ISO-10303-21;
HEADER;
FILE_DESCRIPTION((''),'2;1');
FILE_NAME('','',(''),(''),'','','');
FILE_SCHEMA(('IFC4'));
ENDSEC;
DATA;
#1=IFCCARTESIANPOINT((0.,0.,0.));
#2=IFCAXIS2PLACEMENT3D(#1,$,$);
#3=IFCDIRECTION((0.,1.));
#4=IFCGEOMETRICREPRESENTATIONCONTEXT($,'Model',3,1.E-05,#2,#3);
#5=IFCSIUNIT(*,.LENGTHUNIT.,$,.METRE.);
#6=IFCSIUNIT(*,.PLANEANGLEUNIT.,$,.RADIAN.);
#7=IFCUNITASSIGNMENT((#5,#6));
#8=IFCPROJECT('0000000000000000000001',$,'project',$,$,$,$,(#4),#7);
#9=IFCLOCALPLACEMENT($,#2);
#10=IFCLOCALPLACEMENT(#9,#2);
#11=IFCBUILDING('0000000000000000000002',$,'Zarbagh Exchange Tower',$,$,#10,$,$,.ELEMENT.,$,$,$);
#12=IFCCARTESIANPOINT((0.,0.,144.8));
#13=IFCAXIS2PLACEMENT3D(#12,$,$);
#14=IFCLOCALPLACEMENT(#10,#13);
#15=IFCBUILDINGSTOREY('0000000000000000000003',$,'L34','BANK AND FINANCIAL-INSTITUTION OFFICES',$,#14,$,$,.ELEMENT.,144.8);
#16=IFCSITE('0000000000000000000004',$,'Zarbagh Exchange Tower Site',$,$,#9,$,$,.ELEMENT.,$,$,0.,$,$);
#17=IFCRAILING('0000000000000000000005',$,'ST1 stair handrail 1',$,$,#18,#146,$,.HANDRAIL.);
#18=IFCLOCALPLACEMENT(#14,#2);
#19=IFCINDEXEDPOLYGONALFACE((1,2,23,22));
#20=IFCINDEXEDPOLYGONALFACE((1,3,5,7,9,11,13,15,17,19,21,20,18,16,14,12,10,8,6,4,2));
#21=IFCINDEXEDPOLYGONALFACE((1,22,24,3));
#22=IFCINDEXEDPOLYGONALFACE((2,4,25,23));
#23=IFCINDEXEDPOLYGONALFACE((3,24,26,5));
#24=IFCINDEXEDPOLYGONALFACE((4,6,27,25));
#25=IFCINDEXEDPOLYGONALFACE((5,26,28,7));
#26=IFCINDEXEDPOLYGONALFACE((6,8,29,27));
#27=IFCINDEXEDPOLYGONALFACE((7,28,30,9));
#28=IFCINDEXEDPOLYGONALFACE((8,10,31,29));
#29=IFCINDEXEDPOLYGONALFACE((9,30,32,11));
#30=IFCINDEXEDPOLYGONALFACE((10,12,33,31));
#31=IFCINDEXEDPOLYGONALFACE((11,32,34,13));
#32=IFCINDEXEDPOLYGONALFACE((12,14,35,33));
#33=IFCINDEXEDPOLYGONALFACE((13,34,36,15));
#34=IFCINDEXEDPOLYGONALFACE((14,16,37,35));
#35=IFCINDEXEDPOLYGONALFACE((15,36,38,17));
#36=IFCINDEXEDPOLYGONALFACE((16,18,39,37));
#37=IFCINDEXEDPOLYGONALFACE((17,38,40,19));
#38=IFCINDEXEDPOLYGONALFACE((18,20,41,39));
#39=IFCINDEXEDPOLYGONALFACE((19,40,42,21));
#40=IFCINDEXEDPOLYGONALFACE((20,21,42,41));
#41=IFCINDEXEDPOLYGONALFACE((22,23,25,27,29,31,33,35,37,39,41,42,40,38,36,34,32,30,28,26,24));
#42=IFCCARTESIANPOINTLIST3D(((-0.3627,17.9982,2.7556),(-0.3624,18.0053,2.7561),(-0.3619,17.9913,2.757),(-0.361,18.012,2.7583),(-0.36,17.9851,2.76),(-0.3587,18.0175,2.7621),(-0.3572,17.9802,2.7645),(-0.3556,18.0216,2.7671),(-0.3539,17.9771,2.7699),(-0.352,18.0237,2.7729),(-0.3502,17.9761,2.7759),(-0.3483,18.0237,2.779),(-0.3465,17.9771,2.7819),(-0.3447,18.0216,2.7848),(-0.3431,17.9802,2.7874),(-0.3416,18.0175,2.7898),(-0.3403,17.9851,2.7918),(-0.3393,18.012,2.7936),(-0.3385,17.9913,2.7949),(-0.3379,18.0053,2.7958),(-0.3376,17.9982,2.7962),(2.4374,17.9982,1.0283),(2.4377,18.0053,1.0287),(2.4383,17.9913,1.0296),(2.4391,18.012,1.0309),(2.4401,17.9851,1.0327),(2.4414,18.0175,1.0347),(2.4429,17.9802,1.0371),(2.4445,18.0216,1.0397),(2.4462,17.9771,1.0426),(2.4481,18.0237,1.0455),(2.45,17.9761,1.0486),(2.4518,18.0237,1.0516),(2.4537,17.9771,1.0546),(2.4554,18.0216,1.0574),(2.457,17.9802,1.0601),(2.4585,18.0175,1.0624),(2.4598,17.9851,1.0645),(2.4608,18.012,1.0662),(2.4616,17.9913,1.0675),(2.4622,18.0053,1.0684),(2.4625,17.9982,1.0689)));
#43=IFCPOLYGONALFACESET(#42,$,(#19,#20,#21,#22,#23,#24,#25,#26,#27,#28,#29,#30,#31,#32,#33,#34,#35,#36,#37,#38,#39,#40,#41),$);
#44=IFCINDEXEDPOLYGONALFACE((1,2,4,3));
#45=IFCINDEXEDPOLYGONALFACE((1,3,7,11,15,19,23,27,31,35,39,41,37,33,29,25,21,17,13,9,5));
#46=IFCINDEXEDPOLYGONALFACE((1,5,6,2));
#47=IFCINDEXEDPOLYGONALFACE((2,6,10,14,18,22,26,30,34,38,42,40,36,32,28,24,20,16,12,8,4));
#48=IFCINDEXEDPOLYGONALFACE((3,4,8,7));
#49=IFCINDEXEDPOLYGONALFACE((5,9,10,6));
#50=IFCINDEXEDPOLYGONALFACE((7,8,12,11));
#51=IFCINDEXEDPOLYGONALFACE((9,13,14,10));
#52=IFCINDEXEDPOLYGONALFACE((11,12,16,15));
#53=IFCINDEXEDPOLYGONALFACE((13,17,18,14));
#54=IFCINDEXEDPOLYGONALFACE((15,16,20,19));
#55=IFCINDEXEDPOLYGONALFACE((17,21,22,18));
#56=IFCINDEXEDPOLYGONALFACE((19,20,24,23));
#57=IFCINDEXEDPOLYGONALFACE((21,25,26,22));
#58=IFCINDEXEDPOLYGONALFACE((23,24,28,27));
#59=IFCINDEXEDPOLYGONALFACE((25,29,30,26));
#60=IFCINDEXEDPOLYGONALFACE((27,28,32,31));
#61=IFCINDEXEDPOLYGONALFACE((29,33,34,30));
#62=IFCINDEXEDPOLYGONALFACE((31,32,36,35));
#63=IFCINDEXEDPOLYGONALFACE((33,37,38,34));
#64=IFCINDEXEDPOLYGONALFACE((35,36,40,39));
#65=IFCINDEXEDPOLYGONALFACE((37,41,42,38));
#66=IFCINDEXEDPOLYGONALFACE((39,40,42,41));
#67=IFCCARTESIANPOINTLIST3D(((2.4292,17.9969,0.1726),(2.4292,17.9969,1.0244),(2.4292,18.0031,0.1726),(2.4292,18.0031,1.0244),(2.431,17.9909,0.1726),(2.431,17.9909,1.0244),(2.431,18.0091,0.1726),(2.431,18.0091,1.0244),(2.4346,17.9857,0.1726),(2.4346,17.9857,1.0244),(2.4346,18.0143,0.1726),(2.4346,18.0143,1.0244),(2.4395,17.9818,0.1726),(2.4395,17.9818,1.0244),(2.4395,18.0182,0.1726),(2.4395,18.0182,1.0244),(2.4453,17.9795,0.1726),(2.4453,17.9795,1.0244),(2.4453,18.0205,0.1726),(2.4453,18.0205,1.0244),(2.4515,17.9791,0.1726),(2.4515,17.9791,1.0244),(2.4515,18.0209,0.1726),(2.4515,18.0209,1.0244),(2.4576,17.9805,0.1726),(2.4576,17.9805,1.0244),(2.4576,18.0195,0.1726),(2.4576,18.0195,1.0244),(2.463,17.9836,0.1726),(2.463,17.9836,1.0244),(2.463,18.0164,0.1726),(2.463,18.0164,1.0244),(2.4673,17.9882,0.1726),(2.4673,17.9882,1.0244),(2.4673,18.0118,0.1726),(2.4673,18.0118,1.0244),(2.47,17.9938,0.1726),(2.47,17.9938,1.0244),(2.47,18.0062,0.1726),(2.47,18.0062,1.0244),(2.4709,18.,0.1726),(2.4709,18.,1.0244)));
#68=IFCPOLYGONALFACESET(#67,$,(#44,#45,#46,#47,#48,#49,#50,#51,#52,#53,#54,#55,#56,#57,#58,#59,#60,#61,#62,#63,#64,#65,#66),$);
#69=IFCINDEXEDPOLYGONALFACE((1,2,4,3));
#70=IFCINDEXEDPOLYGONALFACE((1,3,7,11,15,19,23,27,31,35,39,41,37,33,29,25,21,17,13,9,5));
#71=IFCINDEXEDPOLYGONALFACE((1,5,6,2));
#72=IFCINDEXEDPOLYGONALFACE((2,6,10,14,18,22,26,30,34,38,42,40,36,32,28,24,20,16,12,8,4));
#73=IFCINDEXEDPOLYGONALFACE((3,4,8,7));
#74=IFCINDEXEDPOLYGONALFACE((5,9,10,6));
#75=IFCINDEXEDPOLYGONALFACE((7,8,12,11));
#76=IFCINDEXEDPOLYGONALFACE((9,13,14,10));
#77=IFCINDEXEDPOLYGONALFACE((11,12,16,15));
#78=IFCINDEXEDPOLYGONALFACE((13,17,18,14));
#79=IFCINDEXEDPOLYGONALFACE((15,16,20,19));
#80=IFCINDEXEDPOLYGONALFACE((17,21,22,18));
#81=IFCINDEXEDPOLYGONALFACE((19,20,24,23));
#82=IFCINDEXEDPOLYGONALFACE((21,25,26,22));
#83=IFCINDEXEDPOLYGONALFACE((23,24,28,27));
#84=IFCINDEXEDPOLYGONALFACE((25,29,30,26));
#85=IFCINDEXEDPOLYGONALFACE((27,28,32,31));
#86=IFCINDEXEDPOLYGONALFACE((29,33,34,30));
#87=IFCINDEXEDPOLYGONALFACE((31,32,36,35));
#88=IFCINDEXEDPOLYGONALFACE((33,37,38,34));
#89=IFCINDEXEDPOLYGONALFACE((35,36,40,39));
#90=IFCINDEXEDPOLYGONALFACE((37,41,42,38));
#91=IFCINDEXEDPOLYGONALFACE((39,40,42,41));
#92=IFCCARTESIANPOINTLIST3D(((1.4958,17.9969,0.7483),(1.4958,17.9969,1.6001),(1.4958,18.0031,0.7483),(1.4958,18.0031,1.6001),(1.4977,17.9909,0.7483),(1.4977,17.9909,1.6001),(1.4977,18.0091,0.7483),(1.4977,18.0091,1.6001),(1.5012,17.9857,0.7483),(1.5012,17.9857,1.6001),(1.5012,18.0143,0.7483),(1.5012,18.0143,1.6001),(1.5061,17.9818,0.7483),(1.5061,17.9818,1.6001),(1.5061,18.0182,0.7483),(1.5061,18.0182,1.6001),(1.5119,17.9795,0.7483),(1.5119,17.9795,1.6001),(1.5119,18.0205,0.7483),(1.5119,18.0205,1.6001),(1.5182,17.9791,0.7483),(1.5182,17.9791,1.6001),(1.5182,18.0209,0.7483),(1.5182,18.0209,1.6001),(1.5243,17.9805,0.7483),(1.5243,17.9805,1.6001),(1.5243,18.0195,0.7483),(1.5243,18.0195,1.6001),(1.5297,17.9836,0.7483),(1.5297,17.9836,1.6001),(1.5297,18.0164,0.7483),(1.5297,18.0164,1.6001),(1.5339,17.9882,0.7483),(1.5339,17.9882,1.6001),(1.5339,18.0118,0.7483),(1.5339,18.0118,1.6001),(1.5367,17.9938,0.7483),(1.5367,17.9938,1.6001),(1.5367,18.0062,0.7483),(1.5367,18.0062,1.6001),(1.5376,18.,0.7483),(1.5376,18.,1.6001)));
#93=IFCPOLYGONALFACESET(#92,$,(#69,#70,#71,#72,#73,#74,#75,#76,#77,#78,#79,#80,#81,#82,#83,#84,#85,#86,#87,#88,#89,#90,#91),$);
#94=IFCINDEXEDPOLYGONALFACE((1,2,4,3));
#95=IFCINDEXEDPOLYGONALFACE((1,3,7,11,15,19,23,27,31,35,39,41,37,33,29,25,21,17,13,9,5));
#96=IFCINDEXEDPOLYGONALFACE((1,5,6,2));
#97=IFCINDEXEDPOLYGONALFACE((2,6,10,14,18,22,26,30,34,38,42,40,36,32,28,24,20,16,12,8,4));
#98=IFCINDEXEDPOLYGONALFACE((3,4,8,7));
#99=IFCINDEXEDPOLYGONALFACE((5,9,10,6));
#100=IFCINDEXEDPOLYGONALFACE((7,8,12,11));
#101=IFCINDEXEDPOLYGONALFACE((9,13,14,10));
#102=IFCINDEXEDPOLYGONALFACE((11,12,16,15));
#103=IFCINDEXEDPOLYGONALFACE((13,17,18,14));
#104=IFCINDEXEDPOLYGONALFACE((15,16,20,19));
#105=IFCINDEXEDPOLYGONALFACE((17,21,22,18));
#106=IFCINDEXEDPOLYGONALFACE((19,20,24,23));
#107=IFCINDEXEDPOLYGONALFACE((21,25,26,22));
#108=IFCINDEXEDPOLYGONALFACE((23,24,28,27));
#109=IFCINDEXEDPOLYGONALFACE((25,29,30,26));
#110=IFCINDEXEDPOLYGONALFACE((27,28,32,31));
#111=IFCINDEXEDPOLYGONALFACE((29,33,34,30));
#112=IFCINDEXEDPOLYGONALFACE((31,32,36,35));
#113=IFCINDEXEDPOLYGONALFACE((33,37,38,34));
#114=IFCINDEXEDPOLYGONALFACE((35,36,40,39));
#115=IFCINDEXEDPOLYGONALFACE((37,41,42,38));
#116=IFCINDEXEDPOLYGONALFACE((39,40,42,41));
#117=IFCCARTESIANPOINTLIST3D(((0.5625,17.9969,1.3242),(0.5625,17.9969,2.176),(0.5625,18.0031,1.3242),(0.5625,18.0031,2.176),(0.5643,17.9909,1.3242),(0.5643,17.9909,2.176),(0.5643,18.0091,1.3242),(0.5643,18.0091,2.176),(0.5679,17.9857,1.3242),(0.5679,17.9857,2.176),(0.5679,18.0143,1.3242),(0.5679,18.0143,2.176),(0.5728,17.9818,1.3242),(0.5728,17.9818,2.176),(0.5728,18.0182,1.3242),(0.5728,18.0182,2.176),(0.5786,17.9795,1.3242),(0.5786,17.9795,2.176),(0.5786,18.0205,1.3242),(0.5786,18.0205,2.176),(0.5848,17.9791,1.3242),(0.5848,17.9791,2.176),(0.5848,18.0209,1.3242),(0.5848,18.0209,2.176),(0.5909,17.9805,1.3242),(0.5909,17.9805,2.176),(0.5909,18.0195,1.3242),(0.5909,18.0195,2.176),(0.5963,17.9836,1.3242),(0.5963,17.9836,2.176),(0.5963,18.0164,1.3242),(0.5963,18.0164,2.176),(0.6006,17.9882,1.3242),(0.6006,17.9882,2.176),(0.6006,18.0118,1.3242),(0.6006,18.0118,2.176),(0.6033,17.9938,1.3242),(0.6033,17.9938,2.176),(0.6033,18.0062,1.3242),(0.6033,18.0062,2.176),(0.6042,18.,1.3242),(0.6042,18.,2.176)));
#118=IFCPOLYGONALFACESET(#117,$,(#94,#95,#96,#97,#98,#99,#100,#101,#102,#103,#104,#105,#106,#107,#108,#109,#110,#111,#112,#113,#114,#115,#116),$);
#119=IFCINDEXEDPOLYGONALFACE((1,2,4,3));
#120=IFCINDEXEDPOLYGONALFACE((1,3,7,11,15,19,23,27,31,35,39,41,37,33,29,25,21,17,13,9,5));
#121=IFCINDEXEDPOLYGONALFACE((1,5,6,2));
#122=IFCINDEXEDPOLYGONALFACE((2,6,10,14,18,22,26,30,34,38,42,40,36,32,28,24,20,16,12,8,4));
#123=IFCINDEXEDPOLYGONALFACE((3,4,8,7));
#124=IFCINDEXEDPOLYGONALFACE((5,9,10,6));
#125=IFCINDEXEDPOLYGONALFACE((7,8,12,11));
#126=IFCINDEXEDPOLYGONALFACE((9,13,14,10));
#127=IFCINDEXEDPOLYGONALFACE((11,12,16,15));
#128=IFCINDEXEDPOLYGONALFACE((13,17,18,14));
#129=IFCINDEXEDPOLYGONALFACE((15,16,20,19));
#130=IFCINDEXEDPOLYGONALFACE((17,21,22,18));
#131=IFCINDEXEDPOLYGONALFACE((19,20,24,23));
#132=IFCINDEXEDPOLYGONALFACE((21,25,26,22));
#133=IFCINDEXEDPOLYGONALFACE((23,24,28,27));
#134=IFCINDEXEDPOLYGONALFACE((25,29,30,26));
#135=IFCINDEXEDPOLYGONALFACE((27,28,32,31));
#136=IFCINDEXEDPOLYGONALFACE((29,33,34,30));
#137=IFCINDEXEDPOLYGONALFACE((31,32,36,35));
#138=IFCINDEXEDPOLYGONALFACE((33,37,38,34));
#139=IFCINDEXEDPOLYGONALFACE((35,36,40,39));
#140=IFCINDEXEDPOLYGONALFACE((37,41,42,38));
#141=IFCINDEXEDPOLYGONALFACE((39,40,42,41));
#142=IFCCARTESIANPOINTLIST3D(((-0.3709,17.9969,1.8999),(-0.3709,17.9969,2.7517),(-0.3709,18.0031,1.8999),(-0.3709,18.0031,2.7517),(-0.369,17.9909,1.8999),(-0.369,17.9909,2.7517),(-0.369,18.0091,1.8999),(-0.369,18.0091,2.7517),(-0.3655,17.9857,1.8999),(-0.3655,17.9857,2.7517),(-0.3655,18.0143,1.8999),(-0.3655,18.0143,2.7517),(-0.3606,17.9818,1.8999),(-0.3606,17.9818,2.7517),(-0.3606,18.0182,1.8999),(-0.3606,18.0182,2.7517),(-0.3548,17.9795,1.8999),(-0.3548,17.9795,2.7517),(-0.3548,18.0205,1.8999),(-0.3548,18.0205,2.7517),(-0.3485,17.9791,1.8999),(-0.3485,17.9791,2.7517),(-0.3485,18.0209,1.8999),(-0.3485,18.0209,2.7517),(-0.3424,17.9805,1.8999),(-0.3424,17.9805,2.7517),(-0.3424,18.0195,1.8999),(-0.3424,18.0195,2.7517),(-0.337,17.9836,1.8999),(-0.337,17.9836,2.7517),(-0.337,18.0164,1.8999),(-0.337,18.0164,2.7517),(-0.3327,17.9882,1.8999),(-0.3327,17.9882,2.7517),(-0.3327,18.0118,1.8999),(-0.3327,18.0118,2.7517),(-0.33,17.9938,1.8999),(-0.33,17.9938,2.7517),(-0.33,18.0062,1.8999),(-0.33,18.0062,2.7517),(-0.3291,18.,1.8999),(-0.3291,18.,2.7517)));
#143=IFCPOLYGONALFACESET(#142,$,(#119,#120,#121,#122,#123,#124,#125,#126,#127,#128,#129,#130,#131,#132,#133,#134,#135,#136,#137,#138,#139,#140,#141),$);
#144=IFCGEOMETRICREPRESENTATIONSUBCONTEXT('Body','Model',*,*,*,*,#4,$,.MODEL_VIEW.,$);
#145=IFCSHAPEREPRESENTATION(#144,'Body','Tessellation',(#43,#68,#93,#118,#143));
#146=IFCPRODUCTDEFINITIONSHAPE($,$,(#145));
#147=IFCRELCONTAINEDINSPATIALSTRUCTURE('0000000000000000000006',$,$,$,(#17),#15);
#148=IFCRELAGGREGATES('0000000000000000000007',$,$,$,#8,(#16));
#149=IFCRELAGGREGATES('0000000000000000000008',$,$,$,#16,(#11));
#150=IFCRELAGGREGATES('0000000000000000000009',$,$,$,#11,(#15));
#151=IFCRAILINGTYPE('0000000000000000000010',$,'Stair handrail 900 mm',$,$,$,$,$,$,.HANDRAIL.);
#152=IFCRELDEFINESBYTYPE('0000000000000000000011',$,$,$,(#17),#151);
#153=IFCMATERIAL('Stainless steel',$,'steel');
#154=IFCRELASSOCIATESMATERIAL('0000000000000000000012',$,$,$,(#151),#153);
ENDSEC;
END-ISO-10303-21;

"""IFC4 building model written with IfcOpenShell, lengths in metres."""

from ifc_helpers import new_model, si_unit, direction, frame, origin, origin_2d, place, context, subcontext, project, spatial, circle, extrude, material, type_object, element, save


model = new_model("IFC4")

# Units and contexts
model_context = context("Model", 3, precision=1e-05, world=origin(), true_north=direction((0.0, 1.0)))
body_context = subcontext(model_context, "Body", "Model", "MODEL_VIEW")
ifc_project = project(units=[si_unit("LENGTHUNIT", "METRE"), si_unit("PLANEANGLEUNIT", "RADIAN")], contexts=[model_context])

# Site, building, storey
site_placement = place(None, origin())
site = spatial("IfcSite", under=ifc_project, at=site_placement, Name="Zarbagh Exchange Tower Site", CompositionType="ELEMENT", RefElevation=0.0)
building_placement = place(site_placement, origin())
building = spatial("IfcBuilding", under=site, at=building_placement, Name="Zarbagh Exchange Tower", CompositionType="ELEMENT")
storey_placement = place(building_placement, frame((0.0, 0.0, 144.8)))
storey = spatial("IfcBuildingStorey", under=building, at=storey_placement, Name="L34", Description="BANK AND FINANCIAL-INSTITUTION OFFICES", CompositionType="ELEMENT", Elevation=144.8)

# Shared definitions
ifc_material_1 = material(Name="Stainless steel", Category="steel")

# Railing
railing_type = type_object("IfcRailingType", Name="Stair handrail 900 mm", PredefinedType="HANDRAIL", material=ifc_material_1)
railing_placement = place(storey_placement, frame((2.45, 18.0, 0.1726)))
element("IfcRailing", 1, at=railing_placement, inside=storey, type_object=railing_type, Name="ST1 stair handrail 1", PredefinedType="HANDRAIL", context=body_context, shape_type="SweptSolid", body=[
    extrude(circle(Radius=0.0239, at=origin_2d()), frame((0.0, 0.0, 0.876), z_axis=(-0.85109, 0.0, 0.52502), x_axis=(0.0, -1.0, 0.0)), (0.0, 0.0, 1.0), 3.29),
    extrude(circle(Radius=0.021, at=origin_2d()), origin(), (0.0, 0.0, 1.0), 0.8518),
    extrude(circle(Radius=0.021, at=origin_2d()), frame((-0.9333, 0.0, 0.5757)), (0.0, 0.0, 1.0), 0.8518),
    extrude(circle(Radius=0.021, at=origin_2d()), frame((-1.8667, 0.0, 1.1516)), (0.0, 0.0, 1.0), 0.8518),
    extrude(circle(Radius=0.021, at=origin_2d()), frame((-2.8, 0.0, 1.7273)), (0.0, 0.0, 1.0), 0.8518),
])

save(model, "model.ifc")
